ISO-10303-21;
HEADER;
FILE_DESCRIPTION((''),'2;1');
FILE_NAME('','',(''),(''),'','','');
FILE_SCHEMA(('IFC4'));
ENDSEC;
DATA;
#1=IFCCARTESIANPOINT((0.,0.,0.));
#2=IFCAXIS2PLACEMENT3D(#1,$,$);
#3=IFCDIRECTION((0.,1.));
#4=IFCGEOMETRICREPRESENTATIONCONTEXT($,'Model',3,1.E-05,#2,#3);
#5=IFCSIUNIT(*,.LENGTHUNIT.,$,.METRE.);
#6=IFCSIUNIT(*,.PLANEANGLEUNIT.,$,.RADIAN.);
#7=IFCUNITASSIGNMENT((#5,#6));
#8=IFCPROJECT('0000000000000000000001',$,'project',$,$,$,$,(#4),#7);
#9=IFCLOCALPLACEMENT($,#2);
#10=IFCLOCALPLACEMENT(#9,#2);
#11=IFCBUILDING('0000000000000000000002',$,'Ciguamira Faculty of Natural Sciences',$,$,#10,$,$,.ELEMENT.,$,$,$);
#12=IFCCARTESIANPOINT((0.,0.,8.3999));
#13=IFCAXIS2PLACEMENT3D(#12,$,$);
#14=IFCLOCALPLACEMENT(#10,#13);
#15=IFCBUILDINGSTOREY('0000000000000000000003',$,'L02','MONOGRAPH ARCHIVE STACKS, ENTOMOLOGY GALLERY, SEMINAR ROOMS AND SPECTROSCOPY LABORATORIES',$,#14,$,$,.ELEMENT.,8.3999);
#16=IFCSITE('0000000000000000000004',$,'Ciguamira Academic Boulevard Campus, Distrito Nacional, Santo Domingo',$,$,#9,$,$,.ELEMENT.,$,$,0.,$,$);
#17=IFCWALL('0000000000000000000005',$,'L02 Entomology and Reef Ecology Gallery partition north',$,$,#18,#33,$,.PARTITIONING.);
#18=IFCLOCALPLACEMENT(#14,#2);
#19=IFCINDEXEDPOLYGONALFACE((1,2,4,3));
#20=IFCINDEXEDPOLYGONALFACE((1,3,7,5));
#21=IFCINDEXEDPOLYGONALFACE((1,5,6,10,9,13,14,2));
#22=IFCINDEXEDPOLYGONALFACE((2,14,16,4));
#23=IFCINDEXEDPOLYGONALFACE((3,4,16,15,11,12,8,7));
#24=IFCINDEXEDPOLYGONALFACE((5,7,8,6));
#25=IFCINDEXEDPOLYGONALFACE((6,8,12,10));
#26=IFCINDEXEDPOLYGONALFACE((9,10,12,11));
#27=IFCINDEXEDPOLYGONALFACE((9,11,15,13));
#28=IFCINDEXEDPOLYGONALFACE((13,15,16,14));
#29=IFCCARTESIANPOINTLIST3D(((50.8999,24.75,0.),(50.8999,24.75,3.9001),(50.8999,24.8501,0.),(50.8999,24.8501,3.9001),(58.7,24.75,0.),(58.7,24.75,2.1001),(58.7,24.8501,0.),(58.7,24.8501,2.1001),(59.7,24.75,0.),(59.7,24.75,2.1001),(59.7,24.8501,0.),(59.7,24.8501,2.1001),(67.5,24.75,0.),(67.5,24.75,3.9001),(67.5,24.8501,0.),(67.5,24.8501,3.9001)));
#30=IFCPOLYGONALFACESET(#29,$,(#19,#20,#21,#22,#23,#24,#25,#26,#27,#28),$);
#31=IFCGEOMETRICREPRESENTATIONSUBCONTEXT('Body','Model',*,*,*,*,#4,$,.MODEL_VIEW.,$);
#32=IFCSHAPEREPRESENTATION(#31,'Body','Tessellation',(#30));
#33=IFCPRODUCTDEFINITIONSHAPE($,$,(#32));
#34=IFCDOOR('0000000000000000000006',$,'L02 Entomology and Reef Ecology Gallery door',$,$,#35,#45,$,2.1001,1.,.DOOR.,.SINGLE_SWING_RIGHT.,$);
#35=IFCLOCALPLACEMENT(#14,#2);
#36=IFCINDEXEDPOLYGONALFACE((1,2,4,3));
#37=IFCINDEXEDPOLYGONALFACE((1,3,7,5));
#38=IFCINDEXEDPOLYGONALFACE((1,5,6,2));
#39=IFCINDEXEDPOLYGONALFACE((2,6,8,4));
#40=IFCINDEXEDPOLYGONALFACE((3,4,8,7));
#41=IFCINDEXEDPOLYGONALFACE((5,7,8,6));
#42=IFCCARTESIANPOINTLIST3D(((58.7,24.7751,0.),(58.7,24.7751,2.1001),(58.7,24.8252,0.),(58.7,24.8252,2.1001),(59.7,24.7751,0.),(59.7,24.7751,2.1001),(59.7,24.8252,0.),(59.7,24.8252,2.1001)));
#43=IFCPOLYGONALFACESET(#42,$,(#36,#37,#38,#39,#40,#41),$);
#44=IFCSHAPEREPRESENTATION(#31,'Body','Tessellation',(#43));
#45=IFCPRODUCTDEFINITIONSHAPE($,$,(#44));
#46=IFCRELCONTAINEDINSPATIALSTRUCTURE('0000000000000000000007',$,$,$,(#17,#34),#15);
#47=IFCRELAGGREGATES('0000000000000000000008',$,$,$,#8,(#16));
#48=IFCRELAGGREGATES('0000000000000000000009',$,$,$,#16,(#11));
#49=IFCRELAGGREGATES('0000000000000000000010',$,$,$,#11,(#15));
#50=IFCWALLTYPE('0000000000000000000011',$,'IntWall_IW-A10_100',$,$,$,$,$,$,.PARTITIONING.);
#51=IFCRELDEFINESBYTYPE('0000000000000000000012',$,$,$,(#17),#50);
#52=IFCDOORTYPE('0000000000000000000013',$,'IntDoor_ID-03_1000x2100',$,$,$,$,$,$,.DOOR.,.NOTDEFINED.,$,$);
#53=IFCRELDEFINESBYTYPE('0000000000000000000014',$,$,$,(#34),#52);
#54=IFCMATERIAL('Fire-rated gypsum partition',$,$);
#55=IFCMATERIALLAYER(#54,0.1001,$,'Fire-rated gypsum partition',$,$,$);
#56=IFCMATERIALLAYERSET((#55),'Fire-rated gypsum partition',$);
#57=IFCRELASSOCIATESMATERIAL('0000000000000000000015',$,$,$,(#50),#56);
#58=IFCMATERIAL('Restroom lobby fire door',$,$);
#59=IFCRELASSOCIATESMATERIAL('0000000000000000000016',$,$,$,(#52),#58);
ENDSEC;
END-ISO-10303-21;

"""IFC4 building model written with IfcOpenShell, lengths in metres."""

from ifc_helpers import new_model, si_unit, direction, frame, frame_2d, origin, place, context, subcontext, project, spatial, rectangle, extrude, material, layer, layer_set, type_object, element, fill, save


model = new_model("IFC4")

# Units and contexts
model_context = context("Model", 3, precision=1e-05, world=origin(), true_north=direction((0.0, 1.0)))
body_context = subcontext(model_context, "Body", "Model", "MODEL_VIEW")
ifc_project = project(units=[si_unit("LENGTHUNIT", "METRE"), si_unit("PLANEANGLEUNIT", "RADIAN")], contexts=[model_context])

# Site, building, storey
site_placement = place(None, origin())
site = spatial("IfcSite", under=ifc_project, at=site_placement, Name="Ciguamira Academic Boulevard Campus, Distrito Nacional, Santo Domingo", CompositionType="ELEMENT", RefElevation=0.0)
building_placement = place(site_placement, origin())
building = spatial("IfcBuilding", under=site, at=building_placement, Name="Ciguamira Faculty of Natural Sciences", CompositionType="ELEMENT")
storey_placement = place(building_placement, frame((0.0, 0.0, 8.3999)))
storey = spatial("IfcBuildingStorey", under=building, at=storey_placement, Name="L02", Description="MONOGRAPH ARCHIVE STACKS, ENTOMOLOGY GALLERY, SEMINAR ROOMS AND SPECTROSCOPY LABORATORIES", CompositionType="ELEMENT", Elevation=8.3999)

# Shared definitions
ifc_material_1 = material(Name="Fire-rated gypsum partition")
ifc_layer_1 = layer(ifc_material_1, 0.1001, Name="Fire-rated gypsum partition")
ifc_layer_set_1 = layer_set([ifc_layer_1], Name="Fire-rated gypsum partition")
wall_type = type_object("IfcWallType", Name="IntWall_IW-A10_100", PredefinedType="PARTITIONING", material=ifc_layer_set_1)

# Wall, opening, door
wall_1_placement = place(storey_placement, frame((50.8999, 24.8, 0.0), z_axis=(0.0, 0.0, 1.0), x_axis=(1.0, 0.0, 0.0)))
wall_1 = element("IfcWall", 1, at=wall_1_placement, inside=storey, type_object=wall_type, Name="L02 Entomology and Reef Ecology Gallery partition north", PredefinedType="PARTITIONING", context=body_context, shape_type="SweptSolid", body=[
    extrude(rectangle(XDim=16.6001, YDim=0.1001, at=frame_2d((8.3, 0.0))), origin(), (0.0, 0.0, 1.0), 3.9001),
])
opening_placement = place(wall_1_placement, frame((7.8, 0.0, 0.0)))
opening = element("IfcOpeningElement", 2, at=opening_placement, cuts=wall_1, PredefinedType="OPENING", context=body_context, shape_type="SweptSolid", body=[
    extrude(rectangle(XDim=1.0, YDim=2.1001, at=frame_2d((0.5, 1.05))), frame((0.0, 0.0601, 0.0), z_axis=(0.0, -1.0, 0.0), x_axis=(1.0, 0.0, 0.0)), (0.0, 0.0, 1.0), 0.1201),
])
ifc_material_2 = material(Name="Restroom lobby fire door")
door_type = type_object("IfcDoorType", Name="IntDoor_ID-03_1000x2100", OperationType="NOTDEFINED", PredefinedType="DOOR", material=ifc_material_2)
door_placement = place(opening_placement, frame((1.0, 0.0, 0.0), z_axis=(0.0, 0.0, 1.0), x_axis=(-1.0, 0.0, 0.0)))
door = element("IfcDoor", 3, at=door_placement, inside=storey, type_object=door_type, Name="L02 Entomology and Reef Ecology Gallery door", OperationType="SINGLE_SWING_RIGHT", OverallHeight=2.1001, OverallWidth=1.0, PredefinedType="DOOR", context=body_context, shape_type="SweptSolid", body=[
    extrude(rectangle(XDim=1.0, YDim=2.1001, at=frame_2d((0.5, 1.05))), frame((0.0, 0.0249, 0.0), z_axis=(0.0, -1.0, 0.0), x_axis=(1.0, 0.0, 0.0)), (0.0, 0.0, 1.0), 0.05),
])
fill(opening, door)

save(model, "model.ifc")
